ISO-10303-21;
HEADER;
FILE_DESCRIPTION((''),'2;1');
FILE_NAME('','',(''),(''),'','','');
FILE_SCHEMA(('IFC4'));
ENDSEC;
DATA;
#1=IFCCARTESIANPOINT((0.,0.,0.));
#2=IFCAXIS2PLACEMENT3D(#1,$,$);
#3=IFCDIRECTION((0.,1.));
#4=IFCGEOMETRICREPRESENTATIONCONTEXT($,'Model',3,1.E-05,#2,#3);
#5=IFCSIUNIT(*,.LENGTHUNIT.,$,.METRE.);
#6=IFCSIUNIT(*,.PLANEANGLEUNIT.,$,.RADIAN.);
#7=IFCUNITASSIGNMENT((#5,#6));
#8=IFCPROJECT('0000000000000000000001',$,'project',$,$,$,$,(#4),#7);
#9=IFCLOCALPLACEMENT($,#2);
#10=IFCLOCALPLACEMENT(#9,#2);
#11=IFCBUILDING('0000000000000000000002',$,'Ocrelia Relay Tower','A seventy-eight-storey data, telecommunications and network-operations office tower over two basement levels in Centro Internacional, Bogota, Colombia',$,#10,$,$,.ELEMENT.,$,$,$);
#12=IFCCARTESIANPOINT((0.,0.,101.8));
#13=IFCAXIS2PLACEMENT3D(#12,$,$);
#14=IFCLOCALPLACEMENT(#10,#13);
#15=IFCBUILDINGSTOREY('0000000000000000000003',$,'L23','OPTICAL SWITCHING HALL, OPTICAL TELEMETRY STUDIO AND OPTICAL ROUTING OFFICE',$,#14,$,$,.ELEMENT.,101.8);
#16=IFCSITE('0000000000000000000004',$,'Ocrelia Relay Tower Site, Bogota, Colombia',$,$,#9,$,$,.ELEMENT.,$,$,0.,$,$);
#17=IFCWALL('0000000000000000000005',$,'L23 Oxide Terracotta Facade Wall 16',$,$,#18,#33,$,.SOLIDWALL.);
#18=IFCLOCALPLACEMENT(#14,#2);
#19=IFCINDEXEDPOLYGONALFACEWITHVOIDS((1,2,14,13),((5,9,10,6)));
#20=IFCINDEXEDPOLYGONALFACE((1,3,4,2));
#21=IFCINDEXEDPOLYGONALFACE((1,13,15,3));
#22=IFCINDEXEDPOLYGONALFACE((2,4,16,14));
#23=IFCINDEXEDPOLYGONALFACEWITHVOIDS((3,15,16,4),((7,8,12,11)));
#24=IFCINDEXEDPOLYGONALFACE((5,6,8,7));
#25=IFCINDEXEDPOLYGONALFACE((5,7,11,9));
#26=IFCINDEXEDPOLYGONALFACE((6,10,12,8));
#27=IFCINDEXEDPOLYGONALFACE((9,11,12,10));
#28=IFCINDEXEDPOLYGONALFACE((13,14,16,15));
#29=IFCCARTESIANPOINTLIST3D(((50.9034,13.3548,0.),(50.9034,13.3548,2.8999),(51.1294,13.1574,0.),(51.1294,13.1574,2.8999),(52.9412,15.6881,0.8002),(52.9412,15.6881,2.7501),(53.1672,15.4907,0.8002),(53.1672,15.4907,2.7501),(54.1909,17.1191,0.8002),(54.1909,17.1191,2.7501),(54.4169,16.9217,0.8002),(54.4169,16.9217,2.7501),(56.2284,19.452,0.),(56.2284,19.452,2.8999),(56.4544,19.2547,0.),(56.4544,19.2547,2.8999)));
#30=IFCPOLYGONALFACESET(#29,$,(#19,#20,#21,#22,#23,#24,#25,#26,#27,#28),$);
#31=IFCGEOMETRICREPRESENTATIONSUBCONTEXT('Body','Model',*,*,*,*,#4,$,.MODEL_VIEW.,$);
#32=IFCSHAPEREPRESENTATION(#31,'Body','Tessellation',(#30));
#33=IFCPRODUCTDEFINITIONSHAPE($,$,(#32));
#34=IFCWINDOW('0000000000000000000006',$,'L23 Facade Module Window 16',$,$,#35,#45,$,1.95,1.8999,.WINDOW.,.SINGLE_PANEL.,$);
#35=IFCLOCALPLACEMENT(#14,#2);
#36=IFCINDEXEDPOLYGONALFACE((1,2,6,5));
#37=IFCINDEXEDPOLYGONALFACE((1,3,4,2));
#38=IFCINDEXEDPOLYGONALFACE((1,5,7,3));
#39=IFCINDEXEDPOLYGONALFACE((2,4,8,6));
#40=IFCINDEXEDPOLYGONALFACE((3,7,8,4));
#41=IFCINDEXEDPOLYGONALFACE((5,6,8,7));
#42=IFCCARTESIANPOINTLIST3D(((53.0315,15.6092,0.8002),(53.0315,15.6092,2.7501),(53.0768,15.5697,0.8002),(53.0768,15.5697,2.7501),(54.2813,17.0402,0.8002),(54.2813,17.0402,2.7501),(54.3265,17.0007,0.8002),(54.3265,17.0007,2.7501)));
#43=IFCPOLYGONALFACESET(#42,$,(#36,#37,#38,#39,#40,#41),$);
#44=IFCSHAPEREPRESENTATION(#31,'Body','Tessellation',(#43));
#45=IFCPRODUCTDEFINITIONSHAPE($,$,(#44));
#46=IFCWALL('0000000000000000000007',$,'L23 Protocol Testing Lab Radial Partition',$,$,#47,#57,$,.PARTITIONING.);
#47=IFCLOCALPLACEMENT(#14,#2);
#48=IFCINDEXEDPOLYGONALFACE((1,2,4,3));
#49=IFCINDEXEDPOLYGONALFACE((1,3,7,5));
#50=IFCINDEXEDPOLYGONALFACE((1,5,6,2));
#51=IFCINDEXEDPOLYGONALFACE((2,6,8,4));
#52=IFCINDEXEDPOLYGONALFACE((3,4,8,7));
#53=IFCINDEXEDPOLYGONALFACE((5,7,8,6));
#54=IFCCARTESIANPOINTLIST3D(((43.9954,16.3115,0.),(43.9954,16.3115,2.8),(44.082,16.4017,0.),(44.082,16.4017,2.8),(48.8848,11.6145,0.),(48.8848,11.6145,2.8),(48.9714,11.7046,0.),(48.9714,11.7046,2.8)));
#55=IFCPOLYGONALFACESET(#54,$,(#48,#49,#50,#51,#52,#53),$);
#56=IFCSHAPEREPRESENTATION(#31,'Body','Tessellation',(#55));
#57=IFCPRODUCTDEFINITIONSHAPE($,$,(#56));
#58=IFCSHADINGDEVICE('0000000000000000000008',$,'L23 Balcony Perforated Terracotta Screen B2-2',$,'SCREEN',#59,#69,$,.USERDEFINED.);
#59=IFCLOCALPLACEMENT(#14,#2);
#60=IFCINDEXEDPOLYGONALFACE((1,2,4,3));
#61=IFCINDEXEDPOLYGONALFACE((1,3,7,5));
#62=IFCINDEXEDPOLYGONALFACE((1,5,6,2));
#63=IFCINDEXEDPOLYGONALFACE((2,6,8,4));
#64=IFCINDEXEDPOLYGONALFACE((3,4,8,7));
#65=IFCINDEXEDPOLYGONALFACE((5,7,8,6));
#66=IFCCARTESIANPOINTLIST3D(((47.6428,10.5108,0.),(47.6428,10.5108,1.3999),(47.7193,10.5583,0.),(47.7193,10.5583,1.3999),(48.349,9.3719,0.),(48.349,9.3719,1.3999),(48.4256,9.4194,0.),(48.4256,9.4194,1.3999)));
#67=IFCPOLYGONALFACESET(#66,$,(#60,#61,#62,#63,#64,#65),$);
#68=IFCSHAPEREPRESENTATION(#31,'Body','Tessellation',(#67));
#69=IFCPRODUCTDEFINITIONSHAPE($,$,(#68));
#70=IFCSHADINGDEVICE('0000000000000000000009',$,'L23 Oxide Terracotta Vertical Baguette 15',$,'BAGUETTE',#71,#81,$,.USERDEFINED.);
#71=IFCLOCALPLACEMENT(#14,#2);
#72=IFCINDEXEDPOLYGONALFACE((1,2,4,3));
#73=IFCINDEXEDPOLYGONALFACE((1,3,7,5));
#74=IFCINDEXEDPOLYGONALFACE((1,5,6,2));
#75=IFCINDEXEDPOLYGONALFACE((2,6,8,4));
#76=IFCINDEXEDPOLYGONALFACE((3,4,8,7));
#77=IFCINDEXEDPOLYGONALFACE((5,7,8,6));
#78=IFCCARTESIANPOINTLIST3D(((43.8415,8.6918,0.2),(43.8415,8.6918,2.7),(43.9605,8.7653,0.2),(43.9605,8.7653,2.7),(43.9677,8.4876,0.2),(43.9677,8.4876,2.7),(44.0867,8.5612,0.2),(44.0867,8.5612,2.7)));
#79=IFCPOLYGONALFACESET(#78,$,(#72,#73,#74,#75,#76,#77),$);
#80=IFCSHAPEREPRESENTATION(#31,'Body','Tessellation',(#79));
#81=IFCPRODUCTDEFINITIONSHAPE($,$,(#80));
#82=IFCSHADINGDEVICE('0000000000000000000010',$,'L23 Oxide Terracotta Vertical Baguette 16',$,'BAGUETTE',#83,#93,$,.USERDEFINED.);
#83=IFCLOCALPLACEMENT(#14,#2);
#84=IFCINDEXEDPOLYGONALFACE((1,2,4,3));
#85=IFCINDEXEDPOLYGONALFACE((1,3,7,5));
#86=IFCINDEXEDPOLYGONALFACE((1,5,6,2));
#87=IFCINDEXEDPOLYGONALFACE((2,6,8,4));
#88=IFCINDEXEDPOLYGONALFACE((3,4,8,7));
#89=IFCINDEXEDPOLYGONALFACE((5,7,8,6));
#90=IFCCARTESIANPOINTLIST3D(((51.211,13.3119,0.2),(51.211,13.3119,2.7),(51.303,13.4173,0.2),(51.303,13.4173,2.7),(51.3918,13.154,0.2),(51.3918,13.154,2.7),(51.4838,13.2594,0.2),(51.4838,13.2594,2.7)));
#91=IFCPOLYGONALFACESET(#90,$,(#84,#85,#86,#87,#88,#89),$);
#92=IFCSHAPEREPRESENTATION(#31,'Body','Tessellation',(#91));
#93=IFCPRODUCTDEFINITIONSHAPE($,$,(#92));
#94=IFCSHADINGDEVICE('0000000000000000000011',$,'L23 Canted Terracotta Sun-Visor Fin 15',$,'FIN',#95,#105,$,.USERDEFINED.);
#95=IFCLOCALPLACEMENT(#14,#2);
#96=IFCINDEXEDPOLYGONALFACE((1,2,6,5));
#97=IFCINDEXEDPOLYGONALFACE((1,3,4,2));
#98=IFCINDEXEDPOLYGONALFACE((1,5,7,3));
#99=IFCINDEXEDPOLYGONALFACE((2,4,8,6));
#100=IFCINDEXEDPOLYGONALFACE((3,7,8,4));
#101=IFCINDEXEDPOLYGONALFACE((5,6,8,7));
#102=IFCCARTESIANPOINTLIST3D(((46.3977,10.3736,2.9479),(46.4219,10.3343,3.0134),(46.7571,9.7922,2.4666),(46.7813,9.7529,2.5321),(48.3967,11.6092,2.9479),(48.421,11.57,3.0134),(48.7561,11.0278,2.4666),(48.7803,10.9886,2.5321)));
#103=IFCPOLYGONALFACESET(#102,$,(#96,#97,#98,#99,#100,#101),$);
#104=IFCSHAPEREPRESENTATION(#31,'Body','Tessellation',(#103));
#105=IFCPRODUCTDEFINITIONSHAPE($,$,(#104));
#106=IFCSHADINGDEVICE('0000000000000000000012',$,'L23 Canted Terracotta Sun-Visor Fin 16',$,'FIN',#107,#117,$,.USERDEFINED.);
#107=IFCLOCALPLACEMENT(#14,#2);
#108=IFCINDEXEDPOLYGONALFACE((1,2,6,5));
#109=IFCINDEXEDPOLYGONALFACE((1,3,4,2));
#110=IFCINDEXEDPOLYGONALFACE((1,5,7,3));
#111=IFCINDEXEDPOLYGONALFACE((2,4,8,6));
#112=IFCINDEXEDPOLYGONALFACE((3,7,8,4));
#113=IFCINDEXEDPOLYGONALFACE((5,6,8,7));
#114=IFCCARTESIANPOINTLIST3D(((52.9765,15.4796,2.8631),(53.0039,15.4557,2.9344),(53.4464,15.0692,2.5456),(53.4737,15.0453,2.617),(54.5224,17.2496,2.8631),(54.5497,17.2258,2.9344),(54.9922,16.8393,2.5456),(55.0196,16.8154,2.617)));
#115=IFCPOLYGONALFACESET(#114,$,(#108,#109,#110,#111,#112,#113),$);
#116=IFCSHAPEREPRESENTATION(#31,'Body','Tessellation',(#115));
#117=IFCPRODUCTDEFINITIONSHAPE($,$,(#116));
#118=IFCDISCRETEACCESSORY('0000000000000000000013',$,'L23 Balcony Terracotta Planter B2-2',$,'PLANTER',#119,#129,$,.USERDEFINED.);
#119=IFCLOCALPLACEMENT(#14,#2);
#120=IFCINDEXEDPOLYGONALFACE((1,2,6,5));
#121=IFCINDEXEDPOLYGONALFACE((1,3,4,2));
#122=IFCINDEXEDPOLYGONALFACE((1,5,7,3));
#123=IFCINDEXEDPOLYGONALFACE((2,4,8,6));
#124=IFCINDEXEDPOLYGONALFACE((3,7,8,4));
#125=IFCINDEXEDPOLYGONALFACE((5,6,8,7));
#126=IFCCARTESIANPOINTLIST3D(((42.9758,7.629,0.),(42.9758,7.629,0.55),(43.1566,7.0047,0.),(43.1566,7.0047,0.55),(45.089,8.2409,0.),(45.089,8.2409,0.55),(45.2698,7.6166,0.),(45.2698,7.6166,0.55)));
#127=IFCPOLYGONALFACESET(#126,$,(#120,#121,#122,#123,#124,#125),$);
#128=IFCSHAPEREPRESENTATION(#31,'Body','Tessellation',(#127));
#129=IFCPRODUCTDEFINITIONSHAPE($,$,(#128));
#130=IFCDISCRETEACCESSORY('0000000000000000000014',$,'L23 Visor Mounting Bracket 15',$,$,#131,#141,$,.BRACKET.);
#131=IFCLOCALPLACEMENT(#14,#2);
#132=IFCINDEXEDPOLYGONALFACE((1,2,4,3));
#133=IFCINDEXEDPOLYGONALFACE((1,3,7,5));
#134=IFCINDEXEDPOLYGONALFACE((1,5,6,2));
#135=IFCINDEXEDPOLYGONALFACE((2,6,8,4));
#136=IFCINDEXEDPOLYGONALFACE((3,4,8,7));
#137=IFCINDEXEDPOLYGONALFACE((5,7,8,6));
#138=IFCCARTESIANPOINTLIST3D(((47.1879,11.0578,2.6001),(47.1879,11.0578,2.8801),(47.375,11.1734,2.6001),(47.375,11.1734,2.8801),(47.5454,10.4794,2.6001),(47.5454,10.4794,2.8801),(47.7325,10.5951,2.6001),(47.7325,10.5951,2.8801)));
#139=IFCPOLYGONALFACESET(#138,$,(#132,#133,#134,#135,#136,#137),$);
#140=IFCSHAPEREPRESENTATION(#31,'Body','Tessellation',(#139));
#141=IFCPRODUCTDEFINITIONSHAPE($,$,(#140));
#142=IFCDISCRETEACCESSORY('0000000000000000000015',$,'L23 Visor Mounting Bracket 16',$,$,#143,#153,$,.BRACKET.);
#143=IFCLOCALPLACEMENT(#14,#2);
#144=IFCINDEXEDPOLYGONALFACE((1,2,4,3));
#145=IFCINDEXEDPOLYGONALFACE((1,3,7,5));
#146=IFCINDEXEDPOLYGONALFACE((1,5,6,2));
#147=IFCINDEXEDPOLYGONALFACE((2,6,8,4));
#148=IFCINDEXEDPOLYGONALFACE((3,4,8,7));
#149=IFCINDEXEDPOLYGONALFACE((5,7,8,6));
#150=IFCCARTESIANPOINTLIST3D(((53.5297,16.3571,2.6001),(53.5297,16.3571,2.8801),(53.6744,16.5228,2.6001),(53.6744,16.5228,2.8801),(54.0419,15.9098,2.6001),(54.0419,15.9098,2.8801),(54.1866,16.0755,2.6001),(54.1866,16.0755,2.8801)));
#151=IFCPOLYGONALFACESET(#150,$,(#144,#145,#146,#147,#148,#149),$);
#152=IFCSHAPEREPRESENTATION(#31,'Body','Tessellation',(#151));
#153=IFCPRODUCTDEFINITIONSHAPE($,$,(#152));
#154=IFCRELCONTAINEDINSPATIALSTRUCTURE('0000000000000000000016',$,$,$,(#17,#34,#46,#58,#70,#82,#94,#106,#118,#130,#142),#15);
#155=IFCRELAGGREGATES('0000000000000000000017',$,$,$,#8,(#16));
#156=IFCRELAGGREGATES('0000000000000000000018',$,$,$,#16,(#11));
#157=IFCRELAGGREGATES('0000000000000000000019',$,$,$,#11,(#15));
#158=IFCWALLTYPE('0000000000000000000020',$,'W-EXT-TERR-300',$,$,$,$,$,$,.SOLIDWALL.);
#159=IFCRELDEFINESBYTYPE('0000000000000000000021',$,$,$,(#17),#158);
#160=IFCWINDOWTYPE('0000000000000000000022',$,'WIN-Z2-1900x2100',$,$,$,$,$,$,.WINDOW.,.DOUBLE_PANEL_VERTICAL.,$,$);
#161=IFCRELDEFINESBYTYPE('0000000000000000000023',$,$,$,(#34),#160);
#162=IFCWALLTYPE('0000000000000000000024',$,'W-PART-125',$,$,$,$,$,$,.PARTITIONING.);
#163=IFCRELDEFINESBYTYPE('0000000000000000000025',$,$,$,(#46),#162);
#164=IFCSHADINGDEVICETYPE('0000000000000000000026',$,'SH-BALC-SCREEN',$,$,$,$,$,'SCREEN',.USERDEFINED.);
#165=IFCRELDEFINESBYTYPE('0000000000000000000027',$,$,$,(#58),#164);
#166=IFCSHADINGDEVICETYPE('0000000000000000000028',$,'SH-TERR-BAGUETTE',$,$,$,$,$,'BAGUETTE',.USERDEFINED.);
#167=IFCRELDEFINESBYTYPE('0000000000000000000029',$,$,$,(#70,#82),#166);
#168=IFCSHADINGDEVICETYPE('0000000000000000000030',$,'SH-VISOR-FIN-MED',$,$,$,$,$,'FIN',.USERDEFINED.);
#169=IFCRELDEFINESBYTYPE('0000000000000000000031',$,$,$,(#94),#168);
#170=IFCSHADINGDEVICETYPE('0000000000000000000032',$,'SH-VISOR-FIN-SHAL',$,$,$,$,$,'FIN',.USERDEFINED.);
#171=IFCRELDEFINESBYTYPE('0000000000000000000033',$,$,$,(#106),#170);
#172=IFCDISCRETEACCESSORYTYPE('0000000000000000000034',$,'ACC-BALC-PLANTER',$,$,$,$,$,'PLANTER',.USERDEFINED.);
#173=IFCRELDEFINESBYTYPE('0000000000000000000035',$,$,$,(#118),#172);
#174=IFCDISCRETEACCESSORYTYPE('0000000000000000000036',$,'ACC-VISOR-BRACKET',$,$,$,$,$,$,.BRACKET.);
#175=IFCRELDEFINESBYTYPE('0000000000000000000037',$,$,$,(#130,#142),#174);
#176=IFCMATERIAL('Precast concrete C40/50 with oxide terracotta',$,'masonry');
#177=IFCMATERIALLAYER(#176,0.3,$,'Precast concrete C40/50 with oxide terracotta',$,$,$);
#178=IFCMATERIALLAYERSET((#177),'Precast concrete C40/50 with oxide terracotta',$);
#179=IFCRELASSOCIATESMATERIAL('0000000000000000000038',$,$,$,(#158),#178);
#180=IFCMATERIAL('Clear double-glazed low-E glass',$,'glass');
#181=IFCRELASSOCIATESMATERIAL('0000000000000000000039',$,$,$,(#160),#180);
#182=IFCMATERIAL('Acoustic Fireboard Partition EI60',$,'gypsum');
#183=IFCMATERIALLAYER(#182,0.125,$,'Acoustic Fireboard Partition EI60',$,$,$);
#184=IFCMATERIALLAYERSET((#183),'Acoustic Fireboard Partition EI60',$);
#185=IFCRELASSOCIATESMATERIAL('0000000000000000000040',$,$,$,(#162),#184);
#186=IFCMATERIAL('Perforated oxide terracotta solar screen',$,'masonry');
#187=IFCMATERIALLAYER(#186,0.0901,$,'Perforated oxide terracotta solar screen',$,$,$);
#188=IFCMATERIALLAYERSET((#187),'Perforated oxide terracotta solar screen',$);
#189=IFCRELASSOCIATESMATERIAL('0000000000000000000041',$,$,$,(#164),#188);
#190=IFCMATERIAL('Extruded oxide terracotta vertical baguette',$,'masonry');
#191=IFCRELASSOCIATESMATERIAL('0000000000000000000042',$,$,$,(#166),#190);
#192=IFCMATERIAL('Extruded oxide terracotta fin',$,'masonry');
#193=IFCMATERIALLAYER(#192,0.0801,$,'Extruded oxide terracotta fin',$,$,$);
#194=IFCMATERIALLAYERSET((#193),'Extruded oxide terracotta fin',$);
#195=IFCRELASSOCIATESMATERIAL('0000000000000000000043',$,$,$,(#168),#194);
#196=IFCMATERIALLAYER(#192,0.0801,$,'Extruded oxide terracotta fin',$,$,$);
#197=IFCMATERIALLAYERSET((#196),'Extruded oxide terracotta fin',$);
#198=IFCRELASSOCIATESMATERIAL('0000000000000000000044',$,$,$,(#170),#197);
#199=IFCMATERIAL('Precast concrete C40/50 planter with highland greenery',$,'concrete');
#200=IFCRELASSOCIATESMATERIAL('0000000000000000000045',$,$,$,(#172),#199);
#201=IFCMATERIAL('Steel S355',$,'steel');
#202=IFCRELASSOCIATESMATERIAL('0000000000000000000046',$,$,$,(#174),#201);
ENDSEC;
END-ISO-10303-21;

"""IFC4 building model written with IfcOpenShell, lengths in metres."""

from ifc_helpers import new_model, si_unit, direction, frame, frame_2d, origin, origin_2d, place, context, subcontext, project, spatial, rectangle, extrude, material, layer, layer_set, type_object, element, fill, save


model = new_model("IFC4")

# Units and contexts
model_context = context("Model", 3, precision=1e-05, world=origin(), true_north=direction((0.0, 1.0)))
body_context = subcontext(model_context, "Body", "Model", "MODEL_VIEW")
ifc_project = project(units=[si_unit("LENGTHUNIT", "METRE"), si_unit("PLANEANGLEUNIT", "RADIAN")], contexts=[model_context])

# Site, building, storey
site_placement = place(None, origin())
site = spatial("IfcSite", under=ifc_project, at=site_placement, Name="Ocrelia Relay Tower Site, Bogota, Colombia", CompositionType="ELEMENT", RefElevation=0.0)
building_placement = place(site_placement, origin())
building = spatial("IfcBuilding", under=site, at=building_placement, Name="Ocrelia Relay Tower", Description="A seventy-eight-storey data, telecommunications and network-operations office tower over two basement levels in Centro Internacional, Bogota, Colombia", CompositionType="ELEMENT")
storey_placement = place(building_placement, frame((0.0, 0.0, 101.8)))
storey = spatial("IfcBuildingStorey", under=building, at=storey_placement, Name="L23", Description="OPTICAL SWITCHING HALL, OPTICAL TELEMETRY STUDIO AND OPTICAL ROUTING OFFICE", CompositionType="ELEMENT", Elevation=101.8)

# Shared definitions
ifc_material_1 = material(Name="Steel S355", Category="steel")

# Wall, opening, window
ifc_material_2 = material(Name="Precast concrete C40/50 with oxide terracotta", Category="masonry")
ifc_layer_1 = layer(ifc_material_2, 0.3, Name="Precast concrete C40/50 with oxide terracotta")
ifc_layer_set_1 = layer_set([ifc_layer_1], Name="Precast concrete C40/50 with oxide terracotta")
wall_type_1 = type_object("IfcWallType", Name="W-EXT-TERR-300", PredefinedType="SOLIDWALL", material=ifc_layer_set_1)
ifc_material_3 = material(Name="Clear double-glazed low-E glass", Category="glass")
window_type = type_object("IfcWindowType", Name="WIN-Z2-1900x2100", PartitioningType="DOUBLE_PANEL_VERTICAL", PredefinedType="WINDOW", material=ifc_material_3)
wall_1_placement = place(storey_placement, frame((51.0164, 13.2561, 0.0), z_axis=(0.0, 0.0, 1.0), x_axis=(0.6578, 0.753193, 0.0)))
wall_1 = element("IfcWall", 1, at=wall_1_placement, inside=storey, type_object=wall_type_1, Name="L23 Oxide Terracotta Facade Wall 16", PredefinedType="SOLIDWALL", context=body_context, shape_type="SweptSolid", body=[
    extrude(rectangle(XDim=8.0952, YDim=0.3, at=frame_2d((4.0476, 0.0))), origin(), (0.0, 0.0, 1.0), 2.8999),
])
opening_1_placement = place(wall_1_placement, frame((3.0979, 0.0, 0.8)))
opening_1 = element("IfcOpeningElement", 2, at=opening_1_placement, cuts=wall_1, PredefinedType="OPENING", context=body_context, shape_type="SweptSolid", body=[
    extrude(rectangle(XDim=1.8999, YDim=1.95, at=frame_2d((0.95, 0.9751))), frame((0.0, 0.1602, 0.0), z_axis=(0.0, -1.0, 0.0), x_axis=(1.0, 0.0, 0.0)), (0.0, 0.0, 1.0), 0.3201),
])
window_1_placement = place(opening_1_placement, origin())
window_1 = element("IfcWindow", 3, at=window_1_placement, inside=storey, type_object=window_type, Name="L23 Facade Module Window 16", OverallHeight=1.95, OverallWidth=1.8999, PartitioningType="SINGLE_PANEL", PredefinedType="WINDOW", context=body_context, shape_type="SweptSolid", body=[
    extrude(rectangle(XDim=1.8999, YDim=1.95, at=frame_2d((0.95, 0.9751))), frame((0.0, 0.03, 0.0), z_axis=(0.0, -1.0, 0.0), x_axis=(1.0, 0.0, 0.0)), (0.0, 0.0, 1.0), 0.0601),
])
fill(opening_1, window_1)

# Wall
ifc_material_4 = material(Name="Acoustic Fireboard Partition EI60", Category="gypsum")
ifc_layer_2 = layer(ifc_material_4, 0.125, Name="Acoustic Fireboard Partition EI60")
ifc_layer_set_2 = layer_set([ifc_layer_2], Name="Acoustic Fireboard Partition EI60")
wall_type_2 = type_object("IfcWallType", Name="W-PART-125", PredefinedType="PARTITIONING", material=ifc_layer_set_2)
wall_2_placement = place(storey_placement, frame((44.0386, 16.3567, 0.0), z_axis=(0.0, 0.0, 1.0), x_axis=(0.721152, -0.692777, 0.0)))
element("IfcWall", 4, at=wall_2_placement, inside=storey, type_object=wall_type_2, Name="L23 Protocol Testing Lab Radial Partition", PredefinedType="PARTITIONING", context=body_context, shape_type="SweptSolid", body=[
    extrude(rectangle(XDim=6.78, YDim=0.125, at=frame_2d((3.3901, 0.0))), origin(), (0.0, 0.0, 1.0), 2.8),
])

# Shading devices
ifc_material_5 = material(Name="Perforated oxide terracotta solar screen", Category="masonry")
ifc_layer_3 = layer(ifc_material_5, 0.0901, Name="Perforated oxide terracotta solar screen")
ifc_layer_set_3 = layer_set([ifc_layer_3], Name="Perforated oxide terracotta solar screen")
shading_device_type_1 = type_object("IfcShadingDeviceType", Name="SH-BALC-SCREEN", ElementType="SCREEN", PredefinedType="USERDEFINED", material=ifc_layer_set_3)
shading_device_1_placement = place(storey_placement, frame((48.0342, 9.9651, 0.0), z_axis=(0.0, 0.0, 1.0), x_axis=(0.527041, -0.84984, 0.0)))
element("IfcShadingDevice", 5, at=shading_device_1_placement, inside=storey, type_object=shading_device_type_1, Name="L23 Balcony Perforated Terracotta Screen B2-2", ObjectType="SCREEN", PredefinedType="USERDEFINED", context=body_context, shape_type="SweptSolid", body=[
    extrude(rectangle(XDim=1.3401, YDim=0.0901, at=origin_2d()), origin(), (0.0, 0.0, 1.0), 1.3999),
])
ifc_material_6 = material(Name="Extruded oxide terracotta vertical baguette", Category="masonry")
shading_device_type_2 = type_object("IfcShadingDeviceType", Name="SH-TERR-BAGUETTE", ElementType="BAGUETTE", PredefinedType="USERDEFINED", material=ifc_material_6)
for number, where, z_axis, x_axis, name in (
    (6, (43.9641, 8.6265, 0.2), (0.0, 0.0, 1.0), (0.850619, 0.525783, 0.0), "L23 Oxide Terracotta Vertical Baguette 15"),
    (7, (51.3474, 13.2856, 0.2), (0.0, 0.0, 1.0), (0.657794, 0.753198, 0.0), "L23 Oxide Terracotta Vertical Baguette 16"),
):
    element("IfcShadingDevice", number, at=place(storey_placement, frame(where, z_axis=z_axis, x_axis=x_axis)), inside=storey, type_object=shading_device_type_2, Name=name, ObjectType="BAGUETTE", PredefinedType="USERDEFINED", context=body_context, shape_type="SweptSolid", body=[
        extrude(rectangle(XDim=0.1399, YDim=0.24, at=origin_2d()), origin(), (0.0, 0.0, 1.0), 2.5),
    ])
ifc_material_7 = material(Name="Extruded oxide terracotta fin", Category="masonry")
ifc_layer_4 = layer(ifc_material_7, 0.0801, Name="Extruded oxide terracotta fin")
ifc_layer_set_4 = layer_set([ifc_layer_4], Name="Extruded oxide terracotta fin")
shading_device_type_3 = type_object("IfcShadingDeviceType", Name="SH-VISOR-FIN-MED", ElementType="FIN", PredefinedType="USERDEFINED", material=ifc_layer_set_4)
shading_device_2_placement = place(storey_placement, frame((47.5769, 10.7007, 2.7073), z_axis=(0.302703, -0.489718, 0.817648), x_axis=(0.850619, 0.525783, 0.0)))
element("IfcShadingDevice", 8, at=shading_device_2_placement, inside=storey, type_object=shading_device_type_3, Name="L23 Canted Terracotta Sun-Visor Fin 15", ObjectType="FIN", PredefinedType="USERDEFINED", context=body_context, shape_type="SweptSolid", body=[
    extrude(rectangle(XDim=2.3501, YDim=0.8359, at=origin_2d()), origin(), (0.0, 0.0, 1.0), 0.0801),
])
ifc_layer_5 = layer(ifc_material_7, 0.0801, Name="Extruded oxide terracotta fin")
ifc_layer_set_5 = layer_set([ifc_layer_5], Name="Extruded oxide terracotta fin")
shading_device_type_4 = type_object("IfcShadingDeviceType", Name="SH-VISOR-FIN-SHAL", ElementType="FIN", PredefinedType="USERDEFINED", material=ifc_layer_set_5)
shading_device_3_placement = place(storey_placement, frame((53.9844, 16.1594, 2.7043), z_axis=(0.341593, -0.298325, 0.891244), x_axis=(0.657794, 0.753198, 0.0)))
element("IfcShadingDevice", 9, at=shading_device_3_placement, inside=storey, type_object=shading_device_type_4, Name="L23 Canted Terracotta Sun-Visor Fin 16", ObjectType="FIN", PredefinedType="USERDEFINED", context=body_context, shape_type="SweptSolid", body=[
    extrude(rectangle(XDim=2.3501, YDim=0.7, at=origin_2d()), origin(), (0.0, 0.0, 1.0), 0.0801),
])

# Discrete accessories
ifc_material_8 = material(Name="Precast concrete C40/50 planter with highland greenery", Category="concrete")
discrete_accessory_type_1 = type_object("IfcDiscreteAccessoryType", Name="ACC-BALC-PLANTER", ElementType="PLANTER", PredefinedType="USERDEFINED", material=ifc_material_8)
discrete_accessory_placement = place(storey_placement, frame((44.1228, 7.6228, 0.0), z_axis=(0.0, 0.0, 1.0), x_axis=(-0.960535, -0.278159, 0.0)))
element("IfcDiscreteAccessory", 10, at=discrete_accessory_placement, inside=storey, type_object=discrete_accessory_type_1, Name="L23 Balcony Terracotta Planter B2-2", ObjectType="PLANTER", PredefinedType="USERDEFINED", context=body_context, shape_type="SweptSolid", body=[
    extrude(rectangle(XDim=2.2, YDim=0.6499, at=origin_2d()), origin(), (0.0, 0.0, 1.0), 0.55),
])
discrete_accessory_type_2 = type_object("IfcDiscreteAccessoryType", Name="ACC-VISOR-BRACKET", PredefinedType="BRACKET", material=ifc_material_1)
for number, where, z_axis, x_axis, name in (
    (11, (47.4602, 10.8264, 2.6001), (0.0, 0.0, 1.0), (0.850619, 0.525783, 0.0), "L23 Visor Mounting Bracket 15"),
    (12, (53.8582, 16.2163, 2.6001), (0.0, 0.0, 1.0), (0.657794, 0.753198, 0.0), "L23 Visor Mounting Bracket 16"),
):
    element("IfcDiscreteAccessory", number, at=place(storey_placement, frame(where, z_axis=z_axis, x_axis=x_axis)), inside=storey, type_object=discrete_accessory_type_2, Name=name, PredefinedType="BRACKET", context=body_context, shape_type="SweptSolid", body=[
        extrude(rectangle(XDim=0.22, YDim=0.6799, at=origin_2d()), origin(), (0.0, 0.0, 1.0), 0.28),
    ])

save(model, "model.ifc")
